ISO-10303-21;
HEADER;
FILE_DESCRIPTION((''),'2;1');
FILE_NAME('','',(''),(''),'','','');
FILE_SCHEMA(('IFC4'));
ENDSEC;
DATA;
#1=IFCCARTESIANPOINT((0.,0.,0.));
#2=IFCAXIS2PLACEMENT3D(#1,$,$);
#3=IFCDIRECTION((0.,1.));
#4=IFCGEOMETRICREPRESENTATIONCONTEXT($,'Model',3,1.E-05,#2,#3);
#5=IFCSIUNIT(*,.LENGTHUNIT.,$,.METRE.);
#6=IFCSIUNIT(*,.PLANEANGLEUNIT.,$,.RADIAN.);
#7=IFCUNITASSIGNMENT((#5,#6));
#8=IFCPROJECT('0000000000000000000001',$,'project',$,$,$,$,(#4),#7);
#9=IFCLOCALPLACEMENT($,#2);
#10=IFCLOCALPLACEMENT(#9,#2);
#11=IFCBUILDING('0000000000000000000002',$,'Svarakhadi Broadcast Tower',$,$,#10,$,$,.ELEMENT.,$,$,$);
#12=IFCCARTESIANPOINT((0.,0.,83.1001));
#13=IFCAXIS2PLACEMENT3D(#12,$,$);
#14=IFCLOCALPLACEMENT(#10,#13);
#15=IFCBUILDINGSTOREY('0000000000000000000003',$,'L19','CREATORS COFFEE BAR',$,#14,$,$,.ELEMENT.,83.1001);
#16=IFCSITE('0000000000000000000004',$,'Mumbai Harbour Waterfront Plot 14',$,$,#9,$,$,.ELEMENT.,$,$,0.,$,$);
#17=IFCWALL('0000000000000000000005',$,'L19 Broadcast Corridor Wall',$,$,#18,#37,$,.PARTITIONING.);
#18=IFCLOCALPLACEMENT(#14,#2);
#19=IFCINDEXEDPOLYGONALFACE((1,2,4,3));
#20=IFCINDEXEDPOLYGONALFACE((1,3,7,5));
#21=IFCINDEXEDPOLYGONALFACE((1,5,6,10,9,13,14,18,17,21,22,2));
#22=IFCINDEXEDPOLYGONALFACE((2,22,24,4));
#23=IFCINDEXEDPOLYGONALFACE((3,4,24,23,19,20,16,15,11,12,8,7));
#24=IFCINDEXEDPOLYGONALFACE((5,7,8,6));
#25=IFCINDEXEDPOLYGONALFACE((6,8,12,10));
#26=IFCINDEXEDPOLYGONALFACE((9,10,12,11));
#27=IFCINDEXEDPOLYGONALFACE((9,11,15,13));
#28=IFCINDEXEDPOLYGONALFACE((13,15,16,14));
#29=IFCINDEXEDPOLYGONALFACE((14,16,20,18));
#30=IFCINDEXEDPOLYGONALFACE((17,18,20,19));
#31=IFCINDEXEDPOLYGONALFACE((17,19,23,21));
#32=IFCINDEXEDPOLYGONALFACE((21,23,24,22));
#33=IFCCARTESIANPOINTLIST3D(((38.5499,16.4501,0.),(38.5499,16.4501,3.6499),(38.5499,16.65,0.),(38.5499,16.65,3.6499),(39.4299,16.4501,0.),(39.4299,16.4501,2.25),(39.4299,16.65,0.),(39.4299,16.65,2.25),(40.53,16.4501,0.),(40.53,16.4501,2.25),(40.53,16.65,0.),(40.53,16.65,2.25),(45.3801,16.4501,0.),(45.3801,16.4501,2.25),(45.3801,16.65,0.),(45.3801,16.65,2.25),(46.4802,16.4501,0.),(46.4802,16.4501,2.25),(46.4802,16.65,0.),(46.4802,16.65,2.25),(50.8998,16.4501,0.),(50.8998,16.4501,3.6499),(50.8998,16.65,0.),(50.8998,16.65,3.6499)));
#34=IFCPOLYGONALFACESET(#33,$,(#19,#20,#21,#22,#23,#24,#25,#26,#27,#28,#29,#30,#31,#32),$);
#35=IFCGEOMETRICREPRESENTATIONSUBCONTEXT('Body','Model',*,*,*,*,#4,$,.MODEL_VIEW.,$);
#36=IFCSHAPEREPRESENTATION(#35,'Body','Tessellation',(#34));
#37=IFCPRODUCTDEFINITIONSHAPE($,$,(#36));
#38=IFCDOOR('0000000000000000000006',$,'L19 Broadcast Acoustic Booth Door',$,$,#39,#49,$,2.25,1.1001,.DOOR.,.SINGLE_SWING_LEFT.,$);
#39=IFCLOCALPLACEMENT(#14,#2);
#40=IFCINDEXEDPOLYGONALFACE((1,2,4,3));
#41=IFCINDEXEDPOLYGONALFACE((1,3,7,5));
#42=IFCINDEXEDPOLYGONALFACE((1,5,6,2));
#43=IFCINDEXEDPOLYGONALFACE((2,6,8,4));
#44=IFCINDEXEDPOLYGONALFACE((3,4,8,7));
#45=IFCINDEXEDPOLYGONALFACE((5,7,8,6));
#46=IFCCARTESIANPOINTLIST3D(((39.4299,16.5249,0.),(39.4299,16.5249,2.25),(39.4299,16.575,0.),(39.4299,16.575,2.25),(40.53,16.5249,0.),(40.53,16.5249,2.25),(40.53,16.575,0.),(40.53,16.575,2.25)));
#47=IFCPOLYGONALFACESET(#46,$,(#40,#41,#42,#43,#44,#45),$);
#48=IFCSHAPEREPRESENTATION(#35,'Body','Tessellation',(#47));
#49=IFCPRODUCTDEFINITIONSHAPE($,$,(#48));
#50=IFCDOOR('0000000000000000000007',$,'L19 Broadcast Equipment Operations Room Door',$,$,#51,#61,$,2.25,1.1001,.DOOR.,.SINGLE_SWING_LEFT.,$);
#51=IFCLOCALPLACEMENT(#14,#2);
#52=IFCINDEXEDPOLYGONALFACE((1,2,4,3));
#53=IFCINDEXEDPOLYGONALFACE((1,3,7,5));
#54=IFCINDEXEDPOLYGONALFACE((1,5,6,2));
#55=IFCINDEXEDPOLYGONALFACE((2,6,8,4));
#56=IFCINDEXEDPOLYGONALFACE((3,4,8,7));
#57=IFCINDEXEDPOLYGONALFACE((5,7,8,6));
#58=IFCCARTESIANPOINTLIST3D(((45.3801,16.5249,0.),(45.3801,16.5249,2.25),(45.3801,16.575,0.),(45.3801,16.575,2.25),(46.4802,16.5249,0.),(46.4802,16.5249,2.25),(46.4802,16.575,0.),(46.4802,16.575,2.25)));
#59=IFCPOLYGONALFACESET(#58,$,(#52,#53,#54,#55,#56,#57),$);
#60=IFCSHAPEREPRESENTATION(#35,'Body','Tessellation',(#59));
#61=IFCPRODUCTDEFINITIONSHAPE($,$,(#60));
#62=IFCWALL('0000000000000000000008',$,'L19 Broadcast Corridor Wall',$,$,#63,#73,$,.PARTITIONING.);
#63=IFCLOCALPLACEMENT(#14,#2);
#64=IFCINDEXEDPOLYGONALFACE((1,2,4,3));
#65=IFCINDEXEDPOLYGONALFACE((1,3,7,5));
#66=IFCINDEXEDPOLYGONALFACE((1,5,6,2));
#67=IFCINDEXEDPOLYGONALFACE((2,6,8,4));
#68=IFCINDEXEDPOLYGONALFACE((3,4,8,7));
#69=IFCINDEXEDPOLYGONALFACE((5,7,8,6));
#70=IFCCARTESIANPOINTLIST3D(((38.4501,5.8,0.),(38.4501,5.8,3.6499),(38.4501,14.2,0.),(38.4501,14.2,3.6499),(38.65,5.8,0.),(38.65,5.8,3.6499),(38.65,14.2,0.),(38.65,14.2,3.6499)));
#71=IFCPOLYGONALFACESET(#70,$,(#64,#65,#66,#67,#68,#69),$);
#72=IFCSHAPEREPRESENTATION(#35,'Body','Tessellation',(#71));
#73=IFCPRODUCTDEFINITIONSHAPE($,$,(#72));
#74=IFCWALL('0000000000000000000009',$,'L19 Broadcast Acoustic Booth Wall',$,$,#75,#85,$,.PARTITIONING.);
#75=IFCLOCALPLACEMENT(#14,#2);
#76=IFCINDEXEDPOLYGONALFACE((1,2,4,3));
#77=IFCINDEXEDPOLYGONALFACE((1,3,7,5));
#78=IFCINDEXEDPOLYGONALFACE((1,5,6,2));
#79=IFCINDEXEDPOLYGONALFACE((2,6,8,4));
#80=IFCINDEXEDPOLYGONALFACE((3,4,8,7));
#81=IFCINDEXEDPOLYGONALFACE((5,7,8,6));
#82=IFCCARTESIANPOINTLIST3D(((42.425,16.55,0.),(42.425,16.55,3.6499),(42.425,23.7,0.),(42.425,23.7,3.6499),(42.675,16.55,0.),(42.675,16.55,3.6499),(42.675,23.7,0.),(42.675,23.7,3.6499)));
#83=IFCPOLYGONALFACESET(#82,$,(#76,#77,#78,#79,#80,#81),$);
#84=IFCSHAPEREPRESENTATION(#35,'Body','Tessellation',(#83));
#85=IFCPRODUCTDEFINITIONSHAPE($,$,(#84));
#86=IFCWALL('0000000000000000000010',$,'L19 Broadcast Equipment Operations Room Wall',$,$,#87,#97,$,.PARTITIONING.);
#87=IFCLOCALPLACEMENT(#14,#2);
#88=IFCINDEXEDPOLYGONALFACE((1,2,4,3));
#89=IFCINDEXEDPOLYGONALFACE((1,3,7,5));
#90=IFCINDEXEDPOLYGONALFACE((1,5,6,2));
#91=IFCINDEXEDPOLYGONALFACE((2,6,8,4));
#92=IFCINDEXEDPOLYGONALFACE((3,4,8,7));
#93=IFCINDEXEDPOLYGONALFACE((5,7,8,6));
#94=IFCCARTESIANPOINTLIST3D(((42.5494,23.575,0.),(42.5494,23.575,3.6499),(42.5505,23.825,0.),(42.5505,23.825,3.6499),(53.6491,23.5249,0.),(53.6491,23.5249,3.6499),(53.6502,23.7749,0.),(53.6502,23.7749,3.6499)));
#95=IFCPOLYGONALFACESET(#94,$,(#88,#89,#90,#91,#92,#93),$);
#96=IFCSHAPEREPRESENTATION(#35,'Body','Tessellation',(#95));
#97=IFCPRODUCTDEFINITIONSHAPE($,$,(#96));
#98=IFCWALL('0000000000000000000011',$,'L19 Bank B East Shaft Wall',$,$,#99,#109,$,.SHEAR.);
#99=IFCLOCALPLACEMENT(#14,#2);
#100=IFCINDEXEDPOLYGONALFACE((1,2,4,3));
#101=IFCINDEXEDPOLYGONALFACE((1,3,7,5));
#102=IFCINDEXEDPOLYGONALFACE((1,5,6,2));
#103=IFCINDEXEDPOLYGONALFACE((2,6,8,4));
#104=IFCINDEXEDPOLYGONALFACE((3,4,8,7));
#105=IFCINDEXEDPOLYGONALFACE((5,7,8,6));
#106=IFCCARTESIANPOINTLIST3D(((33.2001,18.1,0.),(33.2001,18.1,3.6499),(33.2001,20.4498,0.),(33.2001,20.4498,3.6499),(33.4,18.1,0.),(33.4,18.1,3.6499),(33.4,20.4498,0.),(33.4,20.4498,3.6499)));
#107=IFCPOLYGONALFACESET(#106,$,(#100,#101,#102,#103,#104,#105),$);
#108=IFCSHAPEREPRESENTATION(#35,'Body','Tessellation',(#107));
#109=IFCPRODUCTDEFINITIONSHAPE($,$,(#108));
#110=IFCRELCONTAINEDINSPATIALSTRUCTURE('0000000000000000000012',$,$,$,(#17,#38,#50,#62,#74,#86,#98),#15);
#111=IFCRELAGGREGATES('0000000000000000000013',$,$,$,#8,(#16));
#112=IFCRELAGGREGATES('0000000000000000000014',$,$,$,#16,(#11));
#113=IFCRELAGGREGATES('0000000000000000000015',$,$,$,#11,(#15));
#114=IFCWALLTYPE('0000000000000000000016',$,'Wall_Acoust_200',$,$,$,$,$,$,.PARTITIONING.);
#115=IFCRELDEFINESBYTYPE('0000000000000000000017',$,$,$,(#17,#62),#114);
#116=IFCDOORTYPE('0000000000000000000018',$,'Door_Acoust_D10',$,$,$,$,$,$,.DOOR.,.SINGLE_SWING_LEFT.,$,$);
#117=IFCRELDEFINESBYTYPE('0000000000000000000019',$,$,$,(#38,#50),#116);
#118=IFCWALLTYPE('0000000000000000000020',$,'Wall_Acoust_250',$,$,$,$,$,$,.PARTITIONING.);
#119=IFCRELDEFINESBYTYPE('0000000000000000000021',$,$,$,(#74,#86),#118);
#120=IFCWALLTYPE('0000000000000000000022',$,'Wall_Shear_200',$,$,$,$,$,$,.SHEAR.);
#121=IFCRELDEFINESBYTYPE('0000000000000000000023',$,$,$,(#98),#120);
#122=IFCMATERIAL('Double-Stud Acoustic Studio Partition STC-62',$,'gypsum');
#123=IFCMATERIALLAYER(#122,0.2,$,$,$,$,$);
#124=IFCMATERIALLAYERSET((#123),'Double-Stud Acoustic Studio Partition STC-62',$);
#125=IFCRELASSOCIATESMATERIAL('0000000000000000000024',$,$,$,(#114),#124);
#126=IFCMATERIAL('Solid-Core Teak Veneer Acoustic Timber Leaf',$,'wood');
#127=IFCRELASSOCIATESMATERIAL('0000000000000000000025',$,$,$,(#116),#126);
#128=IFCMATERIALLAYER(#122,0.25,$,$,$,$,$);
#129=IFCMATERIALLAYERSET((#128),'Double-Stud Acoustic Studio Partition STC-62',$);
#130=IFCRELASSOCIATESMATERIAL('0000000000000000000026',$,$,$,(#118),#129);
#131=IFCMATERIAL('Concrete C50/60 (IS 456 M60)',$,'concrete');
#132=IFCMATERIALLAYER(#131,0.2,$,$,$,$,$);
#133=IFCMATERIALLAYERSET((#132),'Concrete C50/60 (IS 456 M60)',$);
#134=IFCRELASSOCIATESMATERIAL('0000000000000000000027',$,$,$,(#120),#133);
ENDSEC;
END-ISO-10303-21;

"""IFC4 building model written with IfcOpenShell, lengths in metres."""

from ifc_helpers import new_model, si_unit, direction, frame, frame_2d, origin, place, context, subcontext, project, spatial, rectangle, extrude, material, layer, layer_set, type_object, element, fill, save


model = new_model("IFC4")

# Units and contexts
model_context = context("Model", 3, precision=1e-05, world=origin(), true_north=direction((0.0, 1.0)))
body_context = subcontext(model_context, "Body", "Model", "MODEL_VIEW")
ifc_project = project(units=[si_unit("LENGTHUNIT", "METRE"), si_unit("PLANEANGLEUNIT", "RADIAN")], contexts=[model_context])

# Site, building, storey
site_placement = place(None, origin())
site = spatial("IfcSite", under=ifc_project, at=site_placement, Name="Mumbai Harbour Waterfront Plot 14", CompositionType="ELEMENT", RefElevation=0.0)
building_placement = place(site_placement, origin())
building = spatial("IfcBuilding", under=site, at=building_placement, Name="Svarakhadi Broadcast Tower", CompositionType="ELEMENT")
storey_placement = place(building_placement, frame((0.0, 0.0, 83.1001)))
storey = spatial("IfcBuildingStorey", under=building, at=storey_placement, Name="L19", Description="CREATORS COFFEE BAR", CompositionType="ELEMENT", Elevation=83.1001)

# Shared definitions
ifc_material_1 = material(Name="Double-Stud Acoustic Studio Partition STC-62", Category="gypsum")
ifc_layer_1 = layer(ifc_material_1, 0.2)
ifc_layer_set_1 = layer_set([ifc_layer_1], Name="Double-Stud Acoustic Studio Partition STC-62")
wall_type_1 = type_object("IfcWallType", Name="Wall_Acoust_200", PredefinedType="PARTITIONING", material=ifc_layer_set_1)

# Wall, openings, doors
wall_1_placement = place(storey_placement, frame((38.55, 16.55, 0.0), z_axis=(0.0, 0.0, 1.0), x_axis=(1.0, 0.0, 0.0)))
wall_1 = element("IfcWall", 1, at=wall_1_placement, inside=storey, type_object=wall_type_1, Name="L19 Broadcast Corridor Wall", PredefinedType="PARTITIONING", context=body_context, shape_type="SweptSolid", body=[
    extrude(rectangle(XDim=12.3499, YDim=0.2, at=frame_2d((6.1748, 0.0))), origin(), (0.0, 0.0, 1.0), 3.6499),
])
opening_1_placement = place(wall_1_placement, frame((0.8799, 0.0, 0.0)))
opening_1 = element("IfcOpeningElement", 2, at=opening_1_placement, cuts=wall_1, PredefinedType="OPENING", context=body_context, shape_type="SweptSolid", body=[
    extrude(rectangle(XDim=1.1001, YDim=2.25, at=frame_2d((0.55, 1.125))), frame((0.0, 0.1099, 0.0), z_axis=(0.0, -1.0, 0.0), x_axis=(1.0, 0.0, 0.0)), (0.0, 0.0, 1.0), 0.22),
])
opening_2_placement = place(wall_1_placement, frame((6.8301, 0.0, 0.0)))
opening_2 = element("IfcOpeningElement", 3, at=opening_2_placement, cuts=wall_1, PredefinedType="OPENING", context=body_context, shape_type="SweptSolid", body=[
    extrude(rectangle(XDim=1.1001, YDim=2.25, at=frame_2d((0.55, 1.125))), frame((0.0, 0.1099, 0.0), z_axis=(0.0, -1.0, 0.0), x_axis=(1.0, 0.0, 0.0)), (0.0, 0.0, 1.0), 0.22),
])
ifc_material_2 = material(Name="Solid-Core Teak Veneer Acoustic Timber Leaf", Category="wood")
door_type_1 = type_object("IfcDoorType", Name="Door_Acoust_D10", OperationType="SINGLE_SWING_LEFT", PredefinedType="DOOR", material=ifc_material_2)
door_1_placement = place(opening_1_placement, origin())
door_1 = element("IfcDoor", 4, at=door_1_placement, inside=storey, type_object=door_type_1, Name="L19 Broadcast Acoustic Booth Door", OperationType="SINGLE_SWING_LEFT", OverallHeight=2.25, OverallWidth=1.1001, PredefinedType="DOOR", context=body_context, shape_type="SweptSolid", body=[
    extrude(rectangle(XDim=1.1001, YDim=2.25, at=frame_2d((0.55, 1.125))), frame((0.0, 0.0249, 0.0), z_axis=(0.0, -1.0, 0.0), x_axis=(1.0, 0.0, 0.0)), (0.0, 0.0, 1.0), 0.05),
])
fill(opening_1, door_1)
door_2_placement = place(opening_2_placement, origin())
door_2 = element("IfcDoor", 5, at=door_2_placement, inside=storey, type_object=door_type_1, Name="L19 Broadcast Equipment Operations Room Door", OperationType="SINGLE_SWING_LEFT", OverallHeight=2.25, OverallWidth=1.1001, PredefinedType="DOOR", context=body_context, shape_type="SweptSolid", body=[
    extrude(rectangle(XDim=1.1001, YDim=2.25, at=frame_2d((0.55, 1.125))), frame((0.0, 0.0249, 0.0), z_axis=(0.0, -1.0, 0.0), x_axis=(1.0, 0.0, 0.0)), (0.0, 0.0, 1.0), 0.05),
])
fill(opening_2, door_2)

# Walls
wall_2_placement = place(storey_placement, frame((38.55, 14.2, 0.0), z_axis=(0.0, 0.0, 1.0), x_axis=(0.0, -1.0, 0.0)))
element("IfcWall", 6, at=wall_2_placement, inside=storey, type_object=wall_type_1, Name="L19 Broadcast Corridor Wall", PredefinedType="PARTITIONING", context=body_context, shape_type="SweptSolid", body=[
    extrude(rectangle(XDim=8.3999, YDim=0.2, at=frame_2d((4.2, 0.0))), origin(), (0.0, 0.0, 1.0), 3.6499),
])
ifc_layer_2 = layer(ifc_material_1, 0.25)
ifc_layer_set_2 = layer_set([ifc_layer_2], Name="Double-Stud Acoustic Studio Partition STC-62")
wall_type_2 = type_object("IfcWallType", Name="Wall_Acoust_250", PredefinedType="PARTITIONING", material=ifc_layer_set_2)
wall_3_placement = place(storey_placement, frame((42.55, 16.55, 0.0), z_axis=(0.0, 0.0, 1.0), x_axis=(0.0, 1.0, 0.0)))
element("IfcWall", 7, at=wall_3_placement, inside=storey, type_object=wall_type_2, Name="L19 Broadcast Acoustic Booth Wall", PredefinedType="PARTITIONING", context=body_context, shape_type="SweptSolid", body=[
    extrude(rectangle(XDim=7.1499, YDim=0.25, at=frame_2d((3.575, 0.0))), origin(), (0.0, 0.0, 1.0), 3.6499),
])
wall_4_placement = place(storey_placement, frame((42.55, 23.7, 0.0), z_axis=(0.0, 0.0, 1.0), x_axis=(0.99999, -0.004509, 0.0)))
element("IfcWall", 8, at=wall_4_placement, inside=storey, type_object=wall_type_2, Name="L19 Broadcast Equipment Operations Room Wall", PredefinedType="PARTITIONING", context=body_context, shape_type="SweptSolid", body=[
    extrude(rectangle(XDim=11.0999, YDim=0.25, at=frame_2d((5.5498, 0.0))), origin(), (0.0, 0.0, 1.0), 3.6499),
])
ifc_material_3 = material(Name="Concrete C50/60 (IS 456 M60)", Category="concrete")
ifc_layer_3 = layer(ifc_material_3, 0.2)
ifc_layer_set_3 = layer_set([ifc_layer_3], Name="Concrete C50/60 (IS 456 M60)")
wall_type_3 = type_object("IfcWallType", Name="Wall_Shear_200", PredefinedType="SHEAR", material=ifc_layer_set_3)
wall_5_placement = place(storey_placement, frame((33.3, 18.1001, 0.0), z_axis=(0.0, 0.0, 1.0), x_axis=(0.0, 1.0, 0.0)))
element("IfcWall", 9, at=wall_5_placement, inside=storey, type_object=wall_type_3, Name="L19 Bank B East Shaft Wall", PredefinedType="SHEAR", context=body_context, shape_type="SweptSolid", body=[
    extrude(rectangle(XDim=2.3499, YDim=0.2, at=frame_2d((1.1748, 0.0))), origin(), (0.0, 0.0, 1.0), 3.6499),
])

save(model, "model.ifc")
